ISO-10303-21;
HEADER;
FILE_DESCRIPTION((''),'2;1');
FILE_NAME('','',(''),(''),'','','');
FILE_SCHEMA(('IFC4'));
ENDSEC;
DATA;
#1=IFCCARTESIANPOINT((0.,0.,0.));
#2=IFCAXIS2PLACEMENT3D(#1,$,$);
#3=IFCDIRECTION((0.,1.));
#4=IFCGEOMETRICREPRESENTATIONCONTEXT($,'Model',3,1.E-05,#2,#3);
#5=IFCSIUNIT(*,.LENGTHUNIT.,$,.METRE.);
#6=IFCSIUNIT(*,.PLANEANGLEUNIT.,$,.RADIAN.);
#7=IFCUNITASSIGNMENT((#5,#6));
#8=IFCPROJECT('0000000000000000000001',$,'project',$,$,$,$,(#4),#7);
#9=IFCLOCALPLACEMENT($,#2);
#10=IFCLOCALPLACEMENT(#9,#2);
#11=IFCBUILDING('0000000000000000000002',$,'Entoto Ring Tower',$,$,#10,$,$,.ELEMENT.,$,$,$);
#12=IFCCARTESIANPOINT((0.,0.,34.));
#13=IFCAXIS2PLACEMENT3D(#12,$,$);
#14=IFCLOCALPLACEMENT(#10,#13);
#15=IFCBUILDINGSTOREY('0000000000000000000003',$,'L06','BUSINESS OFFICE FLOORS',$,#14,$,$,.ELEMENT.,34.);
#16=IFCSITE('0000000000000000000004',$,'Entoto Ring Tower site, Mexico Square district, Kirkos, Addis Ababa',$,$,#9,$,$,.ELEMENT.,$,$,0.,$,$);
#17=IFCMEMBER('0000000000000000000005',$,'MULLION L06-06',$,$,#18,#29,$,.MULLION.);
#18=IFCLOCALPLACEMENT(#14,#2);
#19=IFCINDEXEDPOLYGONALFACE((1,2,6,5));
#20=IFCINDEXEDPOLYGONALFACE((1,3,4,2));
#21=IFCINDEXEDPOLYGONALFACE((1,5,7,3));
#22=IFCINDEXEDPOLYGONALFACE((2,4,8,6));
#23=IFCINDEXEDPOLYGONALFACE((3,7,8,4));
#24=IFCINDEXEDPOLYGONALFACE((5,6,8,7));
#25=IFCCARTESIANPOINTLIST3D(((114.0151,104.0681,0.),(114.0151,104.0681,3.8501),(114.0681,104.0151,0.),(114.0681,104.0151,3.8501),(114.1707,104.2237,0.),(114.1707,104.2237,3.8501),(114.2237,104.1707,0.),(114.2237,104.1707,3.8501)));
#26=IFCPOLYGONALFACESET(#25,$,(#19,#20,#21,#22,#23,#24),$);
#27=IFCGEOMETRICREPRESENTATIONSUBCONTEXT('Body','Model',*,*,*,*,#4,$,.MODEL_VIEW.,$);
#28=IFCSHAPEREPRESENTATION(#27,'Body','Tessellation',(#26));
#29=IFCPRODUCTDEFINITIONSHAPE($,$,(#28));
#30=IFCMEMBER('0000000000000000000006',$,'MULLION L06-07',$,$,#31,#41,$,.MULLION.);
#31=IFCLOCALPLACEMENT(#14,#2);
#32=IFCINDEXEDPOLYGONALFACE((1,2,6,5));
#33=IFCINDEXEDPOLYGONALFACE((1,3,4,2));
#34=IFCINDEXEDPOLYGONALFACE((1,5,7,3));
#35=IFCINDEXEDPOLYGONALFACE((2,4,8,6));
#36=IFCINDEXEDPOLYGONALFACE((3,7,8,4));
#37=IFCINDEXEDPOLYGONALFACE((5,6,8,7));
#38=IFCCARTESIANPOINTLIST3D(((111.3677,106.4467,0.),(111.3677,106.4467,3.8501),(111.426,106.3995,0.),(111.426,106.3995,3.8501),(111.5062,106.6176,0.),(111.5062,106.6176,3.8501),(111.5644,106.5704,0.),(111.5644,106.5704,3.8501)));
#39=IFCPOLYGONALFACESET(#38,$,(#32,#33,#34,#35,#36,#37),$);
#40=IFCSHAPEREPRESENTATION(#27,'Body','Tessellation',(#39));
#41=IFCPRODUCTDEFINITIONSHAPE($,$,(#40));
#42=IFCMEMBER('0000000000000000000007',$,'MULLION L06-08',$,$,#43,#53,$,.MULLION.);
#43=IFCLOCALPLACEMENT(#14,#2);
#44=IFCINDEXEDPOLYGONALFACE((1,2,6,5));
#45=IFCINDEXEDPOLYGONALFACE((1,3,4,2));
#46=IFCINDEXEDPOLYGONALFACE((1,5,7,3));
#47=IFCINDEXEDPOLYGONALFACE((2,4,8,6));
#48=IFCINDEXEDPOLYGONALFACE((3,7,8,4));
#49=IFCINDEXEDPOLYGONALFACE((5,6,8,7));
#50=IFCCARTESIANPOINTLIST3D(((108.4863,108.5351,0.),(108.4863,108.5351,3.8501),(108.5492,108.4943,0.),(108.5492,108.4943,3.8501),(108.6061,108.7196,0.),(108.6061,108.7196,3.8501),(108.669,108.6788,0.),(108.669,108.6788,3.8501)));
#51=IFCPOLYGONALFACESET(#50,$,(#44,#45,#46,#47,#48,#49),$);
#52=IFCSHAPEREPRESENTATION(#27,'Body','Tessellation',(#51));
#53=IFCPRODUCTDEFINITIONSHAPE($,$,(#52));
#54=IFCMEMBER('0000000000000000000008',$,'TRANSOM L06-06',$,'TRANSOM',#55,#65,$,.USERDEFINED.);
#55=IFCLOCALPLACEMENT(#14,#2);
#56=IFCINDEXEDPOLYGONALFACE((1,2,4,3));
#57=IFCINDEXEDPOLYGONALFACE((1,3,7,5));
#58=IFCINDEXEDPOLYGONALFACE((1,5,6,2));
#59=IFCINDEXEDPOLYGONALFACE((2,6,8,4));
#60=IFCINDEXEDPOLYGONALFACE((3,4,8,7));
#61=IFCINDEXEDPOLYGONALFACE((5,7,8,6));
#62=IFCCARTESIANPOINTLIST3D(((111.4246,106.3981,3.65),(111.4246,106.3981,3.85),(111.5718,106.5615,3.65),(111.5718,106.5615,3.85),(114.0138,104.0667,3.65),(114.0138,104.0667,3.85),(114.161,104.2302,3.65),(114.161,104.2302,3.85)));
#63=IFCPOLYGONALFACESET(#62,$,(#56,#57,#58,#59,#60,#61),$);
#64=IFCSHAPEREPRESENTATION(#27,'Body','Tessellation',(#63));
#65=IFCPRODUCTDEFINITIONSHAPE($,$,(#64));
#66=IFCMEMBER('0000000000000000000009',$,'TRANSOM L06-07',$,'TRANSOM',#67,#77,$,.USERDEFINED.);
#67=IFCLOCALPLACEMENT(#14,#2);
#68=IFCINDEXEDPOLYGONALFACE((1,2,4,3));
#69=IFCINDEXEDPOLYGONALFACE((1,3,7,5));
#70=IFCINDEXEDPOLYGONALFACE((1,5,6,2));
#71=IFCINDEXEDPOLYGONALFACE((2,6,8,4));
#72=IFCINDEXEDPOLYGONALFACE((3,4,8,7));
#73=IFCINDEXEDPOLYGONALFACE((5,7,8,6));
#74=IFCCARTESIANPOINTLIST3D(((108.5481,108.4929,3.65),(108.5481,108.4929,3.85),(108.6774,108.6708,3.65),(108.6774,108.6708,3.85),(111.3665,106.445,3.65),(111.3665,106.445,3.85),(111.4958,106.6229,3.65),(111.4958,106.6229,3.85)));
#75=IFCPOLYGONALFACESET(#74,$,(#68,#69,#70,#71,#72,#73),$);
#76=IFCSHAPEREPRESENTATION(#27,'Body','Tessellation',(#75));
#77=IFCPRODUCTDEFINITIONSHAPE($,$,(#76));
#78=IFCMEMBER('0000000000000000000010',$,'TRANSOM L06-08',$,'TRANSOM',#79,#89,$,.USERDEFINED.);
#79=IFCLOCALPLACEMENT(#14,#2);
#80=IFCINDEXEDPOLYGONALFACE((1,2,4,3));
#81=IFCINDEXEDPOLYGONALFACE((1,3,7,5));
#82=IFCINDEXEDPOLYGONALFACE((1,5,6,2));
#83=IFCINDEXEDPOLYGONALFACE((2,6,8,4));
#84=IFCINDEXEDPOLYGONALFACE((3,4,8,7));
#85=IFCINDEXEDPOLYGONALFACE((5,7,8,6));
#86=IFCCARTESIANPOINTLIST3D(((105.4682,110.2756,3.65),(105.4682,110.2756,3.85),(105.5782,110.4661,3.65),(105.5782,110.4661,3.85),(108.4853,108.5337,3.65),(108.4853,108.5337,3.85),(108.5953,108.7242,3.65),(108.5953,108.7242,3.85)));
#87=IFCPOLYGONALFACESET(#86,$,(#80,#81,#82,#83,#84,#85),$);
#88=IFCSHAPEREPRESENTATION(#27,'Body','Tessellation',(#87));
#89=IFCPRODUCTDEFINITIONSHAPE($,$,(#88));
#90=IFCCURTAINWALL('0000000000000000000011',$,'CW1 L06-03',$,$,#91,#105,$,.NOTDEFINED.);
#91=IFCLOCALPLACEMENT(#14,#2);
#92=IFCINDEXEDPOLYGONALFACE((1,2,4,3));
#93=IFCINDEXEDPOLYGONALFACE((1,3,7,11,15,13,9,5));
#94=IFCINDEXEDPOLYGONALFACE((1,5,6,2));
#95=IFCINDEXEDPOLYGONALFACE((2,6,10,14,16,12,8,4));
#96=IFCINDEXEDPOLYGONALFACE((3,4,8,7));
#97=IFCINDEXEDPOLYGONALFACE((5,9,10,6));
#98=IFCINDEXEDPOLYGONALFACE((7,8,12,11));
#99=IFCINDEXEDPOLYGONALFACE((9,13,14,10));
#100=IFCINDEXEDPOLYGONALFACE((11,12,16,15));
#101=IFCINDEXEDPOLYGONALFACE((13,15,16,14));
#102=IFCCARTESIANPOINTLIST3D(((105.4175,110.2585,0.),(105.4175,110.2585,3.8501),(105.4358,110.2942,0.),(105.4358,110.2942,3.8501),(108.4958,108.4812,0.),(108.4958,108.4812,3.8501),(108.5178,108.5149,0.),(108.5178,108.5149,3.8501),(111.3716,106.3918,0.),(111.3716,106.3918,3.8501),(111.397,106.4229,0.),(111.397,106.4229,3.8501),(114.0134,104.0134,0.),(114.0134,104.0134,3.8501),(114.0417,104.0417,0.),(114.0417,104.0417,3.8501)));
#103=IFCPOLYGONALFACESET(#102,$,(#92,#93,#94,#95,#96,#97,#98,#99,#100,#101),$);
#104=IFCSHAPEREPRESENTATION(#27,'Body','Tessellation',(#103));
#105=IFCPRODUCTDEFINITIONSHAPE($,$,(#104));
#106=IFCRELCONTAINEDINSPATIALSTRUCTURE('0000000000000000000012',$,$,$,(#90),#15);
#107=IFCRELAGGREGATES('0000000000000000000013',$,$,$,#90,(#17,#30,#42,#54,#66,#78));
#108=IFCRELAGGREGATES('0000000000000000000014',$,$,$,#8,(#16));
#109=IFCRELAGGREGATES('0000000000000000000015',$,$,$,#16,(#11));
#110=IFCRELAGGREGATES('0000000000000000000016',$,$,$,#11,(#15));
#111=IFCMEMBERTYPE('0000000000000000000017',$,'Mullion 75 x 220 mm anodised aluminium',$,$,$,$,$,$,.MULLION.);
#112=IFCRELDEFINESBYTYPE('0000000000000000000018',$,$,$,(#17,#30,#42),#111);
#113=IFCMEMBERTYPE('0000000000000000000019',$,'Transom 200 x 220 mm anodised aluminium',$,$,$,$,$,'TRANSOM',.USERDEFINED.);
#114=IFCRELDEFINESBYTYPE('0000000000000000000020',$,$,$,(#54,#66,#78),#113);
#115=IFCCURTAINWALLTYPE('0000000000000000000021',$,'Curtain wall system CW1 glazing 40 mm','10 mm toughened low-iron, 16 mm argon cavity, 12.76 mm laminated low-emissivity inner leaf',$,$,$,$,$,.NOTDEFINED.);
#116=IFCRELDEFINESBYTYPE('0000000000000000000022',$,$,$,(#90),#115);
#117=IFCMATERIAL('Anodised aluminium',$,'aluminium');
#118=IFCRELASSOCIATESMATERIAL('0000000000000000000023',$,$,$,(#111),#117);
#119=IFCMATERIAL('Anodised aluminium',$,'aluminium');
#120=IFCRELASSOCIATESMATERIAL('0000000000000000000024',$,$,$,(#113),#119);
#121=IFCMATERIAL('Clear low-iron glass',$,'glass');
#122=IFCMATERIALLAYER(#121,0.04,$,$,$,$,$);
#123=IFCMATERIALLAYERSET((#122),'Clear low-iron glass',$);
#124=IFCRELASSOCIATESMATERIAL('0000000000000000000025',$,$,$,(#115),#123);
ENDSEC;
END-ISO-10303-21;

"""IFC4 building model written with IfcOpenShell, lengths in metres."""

from ifc_helpers import new_model, si_unit, direction, frame, origin, origin_2d, place, context, subcontext, project, spatial, polyline, rectangle, outline, extrude, material, layer, layer_set, material_profile, profile_set, type_object, element, aggregate, save


model = new_model("IFC4")

# Units and contexts
model_context = context("Model", 3, precision=1e-05, world=origin(), true_north=direction((0.0, 1.0)))
body_context = subcontext(model_context, "Body", "Model", "MODEL_VIEW")
ifc_project = project(units=[si_unit("LENGTHUNIT", "METRE"), si_unit("PLANEANGLEUNIT", "RADIAN")], contexts=[model_context])

# Members
ifc_material_1 = material(Name="Anodised aluminium", Category="aluminium")
ifc_material_profile_1 = material_profile(ifc_material_1, rectangle(XDim=0.075, YDim=0.22, at=origin_2d()), Name="Mullion 75 x 220 mm anodised aluminium")
ifc_profile_set_1 = profile_set([ifc_material_profile_1], Name="Anodised aluminium")
member_type_1 = type_object("IfcMemberType", Name="Mullion 75 x 220 mm anodised aluminium", PredefinedType="MULLION", material=ifc_profile_set_1)
site_placement = place(None, origin())
building_placement = place(site_placement, origin())
storey_placement = place(building_placement, frame((0.0, 0.0, 34.0)))
member_1_placement = place(storey_placement, frame((114.1194, 104.1194, 0.0), z_axis=(0.0, 0.0, 1.0), x_axis=(-0.707107, 0.707107, 0.0)))
member_1 = element("IfcMember", 1, at=member_1_placement, type_object=member_type_1, Name="MULLION L06-06", PredefinedType="MULLION", context=body_context, shape_type="SweptSolid", body=[
    extrude(rectangle(XDim=0.075, YDim=0.22, at=origin_2d()), origin(), (0.0, 0.0, 1.0), 3.8501),
])
member_2_placement = place(storey_placement, frame((111.4661, 106.5085, 0.0), z_axis=(0.0, 0.0, 1.0), x_axis=(-0.777146, 0.62932, 0.0)))
member_2 = element("IfcMember", 2, at=member_2_placement, type_object=member_type_1, Name="MULLION L06-07", PredefinedType="MULLION", context=body_context, shape_type="SweptSolid", body=[
    extrude(rectangle(XDim=0.075, YDim=0.22, at=origin_2d()), origin(), (0.0, 0.0, 1.0), 3.8501),
])
member_3_placement = place(storey_placement, frame((108.5776, 108.6069, 0.0), z_axis=(0.0, 0.0, 1.0), x_axis=(-0.838671, 0.544639, 0.0)))
member_3 = element("IfcMember", 3, at=member_3_placement, type_object=member_type_1, Name="MULLION L06-08", PredefinedType="MULLION", context=body_context, shape_type="SweptSolid", body=[
    extrude(rectangle(XDim=0.075, YDim=0.22, at=origin_2d()), origin(), (0.0, 0.0, 1.0), 3.8501),
])
ifc_material_2 = material(Name="Anodised aluminium", Category="aluminium")
ifc_material_profile_2 = material_profile(ifc_material_2, rectangle(XDim=0.22, YDim=0.2, at=origin_2d()), Name="Transom 200 x 220 mm anodised aluminium")
ifc_profile_set_2 = profile_set([ifc_material_profile_2], Name="Anodised aluminium")
member_type_2 = type_object("IfcMemberType", Name="Transom 200 x 220 mm anodised aluminium", ElementType="TRANSOM", PredefinedType="USERDEFINED", material=ifc_profile_set_2)
member_4_placement = place(storey_placement, frame((114.0874, 104.1484, 3.75), z_axis=(-0.743137, 0.669139, 0.0), x_axis=(-0.669139, -0.743137, 0.0)))
member_4 = element("IfcMember", 4, at=member_4_placement, type_object=member_type_2, Name="TRANSOM L06-06", ObjectType="TRANSOM", PredefinedType="USERDEFINED", context=body_context, shape_type="SweptSolid", body=[
    extrude(rectangle(XDim=0.22, YDim=0.2, at=origin_2d()), origin(), (0.0, 0.0, 1.0), 3.4841),
])
member_5_placement = place(storey_placement, frame((111.4312, 106.5339, 3.75), z_axis=(-0.808991, 0.587822, 0.0), x_axis=(-0.587822, -0.808991, 0.0)))
member_5 = element("IfcMember", 5, at=member_5_placement, type_object=member_type_2, Name="TRANSOM L06-07", ObjectType="TRANSOM", PredefinedType="USERDEFINED", context=body_context, shape_type="SweptSolid", body=[
    extrude(rectangle(XDim=0.22, YDim=0.2, at=origin_2d()), origin(), (0.0, 0.0, 1.0), 3.4839),
])
member_6_placement = place(storey_placement, frame((108.5403, 108.6289, 3.75), z_axis=(-0.866022, 0.500006, 0.0), x_axis=(-0.500006, -0.866022, 0.0)))
member_6 = element("IfcMember", 6, at=member_6_placement, type_object=member_type_2, Name="TRANSOM L06-08", ObjectType="TRANSOM", PredefinedType="USERDEFINED", context=body_context, shape_type="SweptSolid", body=[
    extrude(rectangle(XDim=0.22, YDim=0.2, at=origin_2d()), origin(), (0.0, 0.0, 1.0), 3.4839),
])

# Site, building, storey
site = spatial("IfcSite", under=ifc_project, at=site_placement, Name="Entoto Ring Tower site, Mexico Square district, Kirkos, Addis Ababa", CompositionType="ELEMENT", RefElevation=0.0)
building = spatial("IfcBuilding", under=site, at=building_placement, Name="Entoto Ring Tower", CompositionType="ELEMENT")
storey = spatial("IfcBuildingStorey", under=building, at=storey_placement, Name="L06", Description="BUSINESS OFFICE FLOORS", CompositionType="ELEMENT", Elevation=34.0)

# Curtain wall
ifc_material_3 = material(Name="Clear low-iron glass", Category="glass")
ifc_layer = layer(ifc_material_3, 0.04)
ifc_layer_set = layer_set([ifc_layer], Name="Clear low-iron glass")
curtain_wall_type = type_object("IfcCurtainWallType", Name="Curtain wall system CW1 glazing 40 mm", Description="10 mm toughened low-iron, 16 mm argon cavity, 12.76 mm laminated low-emissivity inner leaf", PredefinedType="NOTDEFINED", material=ifc_layer_set)
curtain_wall_1_placement = place(storey_placement, origin())
curtain_wall_1 = element("IfcCurtainWall", 7, at=curtain_wall_1_placement, inside=storey, type_object=curtain_wall_type, Name="CW1 L06-03", PredefinedType="NOTDEFINED", context=body_context, shape_type="SweptSolid", body=[
    extrude(outline(polyline([(114.0417, 104.0417), (111.397, 106.4229), (108.5178, 108.5149), (105.4358, 110.2942), (105.4175, 110.2585), (108.4958, 108.4812), (111.3716, 106.3918), (114.0134, 104.0134), (114.0417, 104.0417)])), origin(), (0.0, 0.0, 1.0), 3.8501),
])
aggregate(curtain_wall_1, [member_1, member_2, member_3, member_4, member_5, member_6])

save(model, "model.ifc")
